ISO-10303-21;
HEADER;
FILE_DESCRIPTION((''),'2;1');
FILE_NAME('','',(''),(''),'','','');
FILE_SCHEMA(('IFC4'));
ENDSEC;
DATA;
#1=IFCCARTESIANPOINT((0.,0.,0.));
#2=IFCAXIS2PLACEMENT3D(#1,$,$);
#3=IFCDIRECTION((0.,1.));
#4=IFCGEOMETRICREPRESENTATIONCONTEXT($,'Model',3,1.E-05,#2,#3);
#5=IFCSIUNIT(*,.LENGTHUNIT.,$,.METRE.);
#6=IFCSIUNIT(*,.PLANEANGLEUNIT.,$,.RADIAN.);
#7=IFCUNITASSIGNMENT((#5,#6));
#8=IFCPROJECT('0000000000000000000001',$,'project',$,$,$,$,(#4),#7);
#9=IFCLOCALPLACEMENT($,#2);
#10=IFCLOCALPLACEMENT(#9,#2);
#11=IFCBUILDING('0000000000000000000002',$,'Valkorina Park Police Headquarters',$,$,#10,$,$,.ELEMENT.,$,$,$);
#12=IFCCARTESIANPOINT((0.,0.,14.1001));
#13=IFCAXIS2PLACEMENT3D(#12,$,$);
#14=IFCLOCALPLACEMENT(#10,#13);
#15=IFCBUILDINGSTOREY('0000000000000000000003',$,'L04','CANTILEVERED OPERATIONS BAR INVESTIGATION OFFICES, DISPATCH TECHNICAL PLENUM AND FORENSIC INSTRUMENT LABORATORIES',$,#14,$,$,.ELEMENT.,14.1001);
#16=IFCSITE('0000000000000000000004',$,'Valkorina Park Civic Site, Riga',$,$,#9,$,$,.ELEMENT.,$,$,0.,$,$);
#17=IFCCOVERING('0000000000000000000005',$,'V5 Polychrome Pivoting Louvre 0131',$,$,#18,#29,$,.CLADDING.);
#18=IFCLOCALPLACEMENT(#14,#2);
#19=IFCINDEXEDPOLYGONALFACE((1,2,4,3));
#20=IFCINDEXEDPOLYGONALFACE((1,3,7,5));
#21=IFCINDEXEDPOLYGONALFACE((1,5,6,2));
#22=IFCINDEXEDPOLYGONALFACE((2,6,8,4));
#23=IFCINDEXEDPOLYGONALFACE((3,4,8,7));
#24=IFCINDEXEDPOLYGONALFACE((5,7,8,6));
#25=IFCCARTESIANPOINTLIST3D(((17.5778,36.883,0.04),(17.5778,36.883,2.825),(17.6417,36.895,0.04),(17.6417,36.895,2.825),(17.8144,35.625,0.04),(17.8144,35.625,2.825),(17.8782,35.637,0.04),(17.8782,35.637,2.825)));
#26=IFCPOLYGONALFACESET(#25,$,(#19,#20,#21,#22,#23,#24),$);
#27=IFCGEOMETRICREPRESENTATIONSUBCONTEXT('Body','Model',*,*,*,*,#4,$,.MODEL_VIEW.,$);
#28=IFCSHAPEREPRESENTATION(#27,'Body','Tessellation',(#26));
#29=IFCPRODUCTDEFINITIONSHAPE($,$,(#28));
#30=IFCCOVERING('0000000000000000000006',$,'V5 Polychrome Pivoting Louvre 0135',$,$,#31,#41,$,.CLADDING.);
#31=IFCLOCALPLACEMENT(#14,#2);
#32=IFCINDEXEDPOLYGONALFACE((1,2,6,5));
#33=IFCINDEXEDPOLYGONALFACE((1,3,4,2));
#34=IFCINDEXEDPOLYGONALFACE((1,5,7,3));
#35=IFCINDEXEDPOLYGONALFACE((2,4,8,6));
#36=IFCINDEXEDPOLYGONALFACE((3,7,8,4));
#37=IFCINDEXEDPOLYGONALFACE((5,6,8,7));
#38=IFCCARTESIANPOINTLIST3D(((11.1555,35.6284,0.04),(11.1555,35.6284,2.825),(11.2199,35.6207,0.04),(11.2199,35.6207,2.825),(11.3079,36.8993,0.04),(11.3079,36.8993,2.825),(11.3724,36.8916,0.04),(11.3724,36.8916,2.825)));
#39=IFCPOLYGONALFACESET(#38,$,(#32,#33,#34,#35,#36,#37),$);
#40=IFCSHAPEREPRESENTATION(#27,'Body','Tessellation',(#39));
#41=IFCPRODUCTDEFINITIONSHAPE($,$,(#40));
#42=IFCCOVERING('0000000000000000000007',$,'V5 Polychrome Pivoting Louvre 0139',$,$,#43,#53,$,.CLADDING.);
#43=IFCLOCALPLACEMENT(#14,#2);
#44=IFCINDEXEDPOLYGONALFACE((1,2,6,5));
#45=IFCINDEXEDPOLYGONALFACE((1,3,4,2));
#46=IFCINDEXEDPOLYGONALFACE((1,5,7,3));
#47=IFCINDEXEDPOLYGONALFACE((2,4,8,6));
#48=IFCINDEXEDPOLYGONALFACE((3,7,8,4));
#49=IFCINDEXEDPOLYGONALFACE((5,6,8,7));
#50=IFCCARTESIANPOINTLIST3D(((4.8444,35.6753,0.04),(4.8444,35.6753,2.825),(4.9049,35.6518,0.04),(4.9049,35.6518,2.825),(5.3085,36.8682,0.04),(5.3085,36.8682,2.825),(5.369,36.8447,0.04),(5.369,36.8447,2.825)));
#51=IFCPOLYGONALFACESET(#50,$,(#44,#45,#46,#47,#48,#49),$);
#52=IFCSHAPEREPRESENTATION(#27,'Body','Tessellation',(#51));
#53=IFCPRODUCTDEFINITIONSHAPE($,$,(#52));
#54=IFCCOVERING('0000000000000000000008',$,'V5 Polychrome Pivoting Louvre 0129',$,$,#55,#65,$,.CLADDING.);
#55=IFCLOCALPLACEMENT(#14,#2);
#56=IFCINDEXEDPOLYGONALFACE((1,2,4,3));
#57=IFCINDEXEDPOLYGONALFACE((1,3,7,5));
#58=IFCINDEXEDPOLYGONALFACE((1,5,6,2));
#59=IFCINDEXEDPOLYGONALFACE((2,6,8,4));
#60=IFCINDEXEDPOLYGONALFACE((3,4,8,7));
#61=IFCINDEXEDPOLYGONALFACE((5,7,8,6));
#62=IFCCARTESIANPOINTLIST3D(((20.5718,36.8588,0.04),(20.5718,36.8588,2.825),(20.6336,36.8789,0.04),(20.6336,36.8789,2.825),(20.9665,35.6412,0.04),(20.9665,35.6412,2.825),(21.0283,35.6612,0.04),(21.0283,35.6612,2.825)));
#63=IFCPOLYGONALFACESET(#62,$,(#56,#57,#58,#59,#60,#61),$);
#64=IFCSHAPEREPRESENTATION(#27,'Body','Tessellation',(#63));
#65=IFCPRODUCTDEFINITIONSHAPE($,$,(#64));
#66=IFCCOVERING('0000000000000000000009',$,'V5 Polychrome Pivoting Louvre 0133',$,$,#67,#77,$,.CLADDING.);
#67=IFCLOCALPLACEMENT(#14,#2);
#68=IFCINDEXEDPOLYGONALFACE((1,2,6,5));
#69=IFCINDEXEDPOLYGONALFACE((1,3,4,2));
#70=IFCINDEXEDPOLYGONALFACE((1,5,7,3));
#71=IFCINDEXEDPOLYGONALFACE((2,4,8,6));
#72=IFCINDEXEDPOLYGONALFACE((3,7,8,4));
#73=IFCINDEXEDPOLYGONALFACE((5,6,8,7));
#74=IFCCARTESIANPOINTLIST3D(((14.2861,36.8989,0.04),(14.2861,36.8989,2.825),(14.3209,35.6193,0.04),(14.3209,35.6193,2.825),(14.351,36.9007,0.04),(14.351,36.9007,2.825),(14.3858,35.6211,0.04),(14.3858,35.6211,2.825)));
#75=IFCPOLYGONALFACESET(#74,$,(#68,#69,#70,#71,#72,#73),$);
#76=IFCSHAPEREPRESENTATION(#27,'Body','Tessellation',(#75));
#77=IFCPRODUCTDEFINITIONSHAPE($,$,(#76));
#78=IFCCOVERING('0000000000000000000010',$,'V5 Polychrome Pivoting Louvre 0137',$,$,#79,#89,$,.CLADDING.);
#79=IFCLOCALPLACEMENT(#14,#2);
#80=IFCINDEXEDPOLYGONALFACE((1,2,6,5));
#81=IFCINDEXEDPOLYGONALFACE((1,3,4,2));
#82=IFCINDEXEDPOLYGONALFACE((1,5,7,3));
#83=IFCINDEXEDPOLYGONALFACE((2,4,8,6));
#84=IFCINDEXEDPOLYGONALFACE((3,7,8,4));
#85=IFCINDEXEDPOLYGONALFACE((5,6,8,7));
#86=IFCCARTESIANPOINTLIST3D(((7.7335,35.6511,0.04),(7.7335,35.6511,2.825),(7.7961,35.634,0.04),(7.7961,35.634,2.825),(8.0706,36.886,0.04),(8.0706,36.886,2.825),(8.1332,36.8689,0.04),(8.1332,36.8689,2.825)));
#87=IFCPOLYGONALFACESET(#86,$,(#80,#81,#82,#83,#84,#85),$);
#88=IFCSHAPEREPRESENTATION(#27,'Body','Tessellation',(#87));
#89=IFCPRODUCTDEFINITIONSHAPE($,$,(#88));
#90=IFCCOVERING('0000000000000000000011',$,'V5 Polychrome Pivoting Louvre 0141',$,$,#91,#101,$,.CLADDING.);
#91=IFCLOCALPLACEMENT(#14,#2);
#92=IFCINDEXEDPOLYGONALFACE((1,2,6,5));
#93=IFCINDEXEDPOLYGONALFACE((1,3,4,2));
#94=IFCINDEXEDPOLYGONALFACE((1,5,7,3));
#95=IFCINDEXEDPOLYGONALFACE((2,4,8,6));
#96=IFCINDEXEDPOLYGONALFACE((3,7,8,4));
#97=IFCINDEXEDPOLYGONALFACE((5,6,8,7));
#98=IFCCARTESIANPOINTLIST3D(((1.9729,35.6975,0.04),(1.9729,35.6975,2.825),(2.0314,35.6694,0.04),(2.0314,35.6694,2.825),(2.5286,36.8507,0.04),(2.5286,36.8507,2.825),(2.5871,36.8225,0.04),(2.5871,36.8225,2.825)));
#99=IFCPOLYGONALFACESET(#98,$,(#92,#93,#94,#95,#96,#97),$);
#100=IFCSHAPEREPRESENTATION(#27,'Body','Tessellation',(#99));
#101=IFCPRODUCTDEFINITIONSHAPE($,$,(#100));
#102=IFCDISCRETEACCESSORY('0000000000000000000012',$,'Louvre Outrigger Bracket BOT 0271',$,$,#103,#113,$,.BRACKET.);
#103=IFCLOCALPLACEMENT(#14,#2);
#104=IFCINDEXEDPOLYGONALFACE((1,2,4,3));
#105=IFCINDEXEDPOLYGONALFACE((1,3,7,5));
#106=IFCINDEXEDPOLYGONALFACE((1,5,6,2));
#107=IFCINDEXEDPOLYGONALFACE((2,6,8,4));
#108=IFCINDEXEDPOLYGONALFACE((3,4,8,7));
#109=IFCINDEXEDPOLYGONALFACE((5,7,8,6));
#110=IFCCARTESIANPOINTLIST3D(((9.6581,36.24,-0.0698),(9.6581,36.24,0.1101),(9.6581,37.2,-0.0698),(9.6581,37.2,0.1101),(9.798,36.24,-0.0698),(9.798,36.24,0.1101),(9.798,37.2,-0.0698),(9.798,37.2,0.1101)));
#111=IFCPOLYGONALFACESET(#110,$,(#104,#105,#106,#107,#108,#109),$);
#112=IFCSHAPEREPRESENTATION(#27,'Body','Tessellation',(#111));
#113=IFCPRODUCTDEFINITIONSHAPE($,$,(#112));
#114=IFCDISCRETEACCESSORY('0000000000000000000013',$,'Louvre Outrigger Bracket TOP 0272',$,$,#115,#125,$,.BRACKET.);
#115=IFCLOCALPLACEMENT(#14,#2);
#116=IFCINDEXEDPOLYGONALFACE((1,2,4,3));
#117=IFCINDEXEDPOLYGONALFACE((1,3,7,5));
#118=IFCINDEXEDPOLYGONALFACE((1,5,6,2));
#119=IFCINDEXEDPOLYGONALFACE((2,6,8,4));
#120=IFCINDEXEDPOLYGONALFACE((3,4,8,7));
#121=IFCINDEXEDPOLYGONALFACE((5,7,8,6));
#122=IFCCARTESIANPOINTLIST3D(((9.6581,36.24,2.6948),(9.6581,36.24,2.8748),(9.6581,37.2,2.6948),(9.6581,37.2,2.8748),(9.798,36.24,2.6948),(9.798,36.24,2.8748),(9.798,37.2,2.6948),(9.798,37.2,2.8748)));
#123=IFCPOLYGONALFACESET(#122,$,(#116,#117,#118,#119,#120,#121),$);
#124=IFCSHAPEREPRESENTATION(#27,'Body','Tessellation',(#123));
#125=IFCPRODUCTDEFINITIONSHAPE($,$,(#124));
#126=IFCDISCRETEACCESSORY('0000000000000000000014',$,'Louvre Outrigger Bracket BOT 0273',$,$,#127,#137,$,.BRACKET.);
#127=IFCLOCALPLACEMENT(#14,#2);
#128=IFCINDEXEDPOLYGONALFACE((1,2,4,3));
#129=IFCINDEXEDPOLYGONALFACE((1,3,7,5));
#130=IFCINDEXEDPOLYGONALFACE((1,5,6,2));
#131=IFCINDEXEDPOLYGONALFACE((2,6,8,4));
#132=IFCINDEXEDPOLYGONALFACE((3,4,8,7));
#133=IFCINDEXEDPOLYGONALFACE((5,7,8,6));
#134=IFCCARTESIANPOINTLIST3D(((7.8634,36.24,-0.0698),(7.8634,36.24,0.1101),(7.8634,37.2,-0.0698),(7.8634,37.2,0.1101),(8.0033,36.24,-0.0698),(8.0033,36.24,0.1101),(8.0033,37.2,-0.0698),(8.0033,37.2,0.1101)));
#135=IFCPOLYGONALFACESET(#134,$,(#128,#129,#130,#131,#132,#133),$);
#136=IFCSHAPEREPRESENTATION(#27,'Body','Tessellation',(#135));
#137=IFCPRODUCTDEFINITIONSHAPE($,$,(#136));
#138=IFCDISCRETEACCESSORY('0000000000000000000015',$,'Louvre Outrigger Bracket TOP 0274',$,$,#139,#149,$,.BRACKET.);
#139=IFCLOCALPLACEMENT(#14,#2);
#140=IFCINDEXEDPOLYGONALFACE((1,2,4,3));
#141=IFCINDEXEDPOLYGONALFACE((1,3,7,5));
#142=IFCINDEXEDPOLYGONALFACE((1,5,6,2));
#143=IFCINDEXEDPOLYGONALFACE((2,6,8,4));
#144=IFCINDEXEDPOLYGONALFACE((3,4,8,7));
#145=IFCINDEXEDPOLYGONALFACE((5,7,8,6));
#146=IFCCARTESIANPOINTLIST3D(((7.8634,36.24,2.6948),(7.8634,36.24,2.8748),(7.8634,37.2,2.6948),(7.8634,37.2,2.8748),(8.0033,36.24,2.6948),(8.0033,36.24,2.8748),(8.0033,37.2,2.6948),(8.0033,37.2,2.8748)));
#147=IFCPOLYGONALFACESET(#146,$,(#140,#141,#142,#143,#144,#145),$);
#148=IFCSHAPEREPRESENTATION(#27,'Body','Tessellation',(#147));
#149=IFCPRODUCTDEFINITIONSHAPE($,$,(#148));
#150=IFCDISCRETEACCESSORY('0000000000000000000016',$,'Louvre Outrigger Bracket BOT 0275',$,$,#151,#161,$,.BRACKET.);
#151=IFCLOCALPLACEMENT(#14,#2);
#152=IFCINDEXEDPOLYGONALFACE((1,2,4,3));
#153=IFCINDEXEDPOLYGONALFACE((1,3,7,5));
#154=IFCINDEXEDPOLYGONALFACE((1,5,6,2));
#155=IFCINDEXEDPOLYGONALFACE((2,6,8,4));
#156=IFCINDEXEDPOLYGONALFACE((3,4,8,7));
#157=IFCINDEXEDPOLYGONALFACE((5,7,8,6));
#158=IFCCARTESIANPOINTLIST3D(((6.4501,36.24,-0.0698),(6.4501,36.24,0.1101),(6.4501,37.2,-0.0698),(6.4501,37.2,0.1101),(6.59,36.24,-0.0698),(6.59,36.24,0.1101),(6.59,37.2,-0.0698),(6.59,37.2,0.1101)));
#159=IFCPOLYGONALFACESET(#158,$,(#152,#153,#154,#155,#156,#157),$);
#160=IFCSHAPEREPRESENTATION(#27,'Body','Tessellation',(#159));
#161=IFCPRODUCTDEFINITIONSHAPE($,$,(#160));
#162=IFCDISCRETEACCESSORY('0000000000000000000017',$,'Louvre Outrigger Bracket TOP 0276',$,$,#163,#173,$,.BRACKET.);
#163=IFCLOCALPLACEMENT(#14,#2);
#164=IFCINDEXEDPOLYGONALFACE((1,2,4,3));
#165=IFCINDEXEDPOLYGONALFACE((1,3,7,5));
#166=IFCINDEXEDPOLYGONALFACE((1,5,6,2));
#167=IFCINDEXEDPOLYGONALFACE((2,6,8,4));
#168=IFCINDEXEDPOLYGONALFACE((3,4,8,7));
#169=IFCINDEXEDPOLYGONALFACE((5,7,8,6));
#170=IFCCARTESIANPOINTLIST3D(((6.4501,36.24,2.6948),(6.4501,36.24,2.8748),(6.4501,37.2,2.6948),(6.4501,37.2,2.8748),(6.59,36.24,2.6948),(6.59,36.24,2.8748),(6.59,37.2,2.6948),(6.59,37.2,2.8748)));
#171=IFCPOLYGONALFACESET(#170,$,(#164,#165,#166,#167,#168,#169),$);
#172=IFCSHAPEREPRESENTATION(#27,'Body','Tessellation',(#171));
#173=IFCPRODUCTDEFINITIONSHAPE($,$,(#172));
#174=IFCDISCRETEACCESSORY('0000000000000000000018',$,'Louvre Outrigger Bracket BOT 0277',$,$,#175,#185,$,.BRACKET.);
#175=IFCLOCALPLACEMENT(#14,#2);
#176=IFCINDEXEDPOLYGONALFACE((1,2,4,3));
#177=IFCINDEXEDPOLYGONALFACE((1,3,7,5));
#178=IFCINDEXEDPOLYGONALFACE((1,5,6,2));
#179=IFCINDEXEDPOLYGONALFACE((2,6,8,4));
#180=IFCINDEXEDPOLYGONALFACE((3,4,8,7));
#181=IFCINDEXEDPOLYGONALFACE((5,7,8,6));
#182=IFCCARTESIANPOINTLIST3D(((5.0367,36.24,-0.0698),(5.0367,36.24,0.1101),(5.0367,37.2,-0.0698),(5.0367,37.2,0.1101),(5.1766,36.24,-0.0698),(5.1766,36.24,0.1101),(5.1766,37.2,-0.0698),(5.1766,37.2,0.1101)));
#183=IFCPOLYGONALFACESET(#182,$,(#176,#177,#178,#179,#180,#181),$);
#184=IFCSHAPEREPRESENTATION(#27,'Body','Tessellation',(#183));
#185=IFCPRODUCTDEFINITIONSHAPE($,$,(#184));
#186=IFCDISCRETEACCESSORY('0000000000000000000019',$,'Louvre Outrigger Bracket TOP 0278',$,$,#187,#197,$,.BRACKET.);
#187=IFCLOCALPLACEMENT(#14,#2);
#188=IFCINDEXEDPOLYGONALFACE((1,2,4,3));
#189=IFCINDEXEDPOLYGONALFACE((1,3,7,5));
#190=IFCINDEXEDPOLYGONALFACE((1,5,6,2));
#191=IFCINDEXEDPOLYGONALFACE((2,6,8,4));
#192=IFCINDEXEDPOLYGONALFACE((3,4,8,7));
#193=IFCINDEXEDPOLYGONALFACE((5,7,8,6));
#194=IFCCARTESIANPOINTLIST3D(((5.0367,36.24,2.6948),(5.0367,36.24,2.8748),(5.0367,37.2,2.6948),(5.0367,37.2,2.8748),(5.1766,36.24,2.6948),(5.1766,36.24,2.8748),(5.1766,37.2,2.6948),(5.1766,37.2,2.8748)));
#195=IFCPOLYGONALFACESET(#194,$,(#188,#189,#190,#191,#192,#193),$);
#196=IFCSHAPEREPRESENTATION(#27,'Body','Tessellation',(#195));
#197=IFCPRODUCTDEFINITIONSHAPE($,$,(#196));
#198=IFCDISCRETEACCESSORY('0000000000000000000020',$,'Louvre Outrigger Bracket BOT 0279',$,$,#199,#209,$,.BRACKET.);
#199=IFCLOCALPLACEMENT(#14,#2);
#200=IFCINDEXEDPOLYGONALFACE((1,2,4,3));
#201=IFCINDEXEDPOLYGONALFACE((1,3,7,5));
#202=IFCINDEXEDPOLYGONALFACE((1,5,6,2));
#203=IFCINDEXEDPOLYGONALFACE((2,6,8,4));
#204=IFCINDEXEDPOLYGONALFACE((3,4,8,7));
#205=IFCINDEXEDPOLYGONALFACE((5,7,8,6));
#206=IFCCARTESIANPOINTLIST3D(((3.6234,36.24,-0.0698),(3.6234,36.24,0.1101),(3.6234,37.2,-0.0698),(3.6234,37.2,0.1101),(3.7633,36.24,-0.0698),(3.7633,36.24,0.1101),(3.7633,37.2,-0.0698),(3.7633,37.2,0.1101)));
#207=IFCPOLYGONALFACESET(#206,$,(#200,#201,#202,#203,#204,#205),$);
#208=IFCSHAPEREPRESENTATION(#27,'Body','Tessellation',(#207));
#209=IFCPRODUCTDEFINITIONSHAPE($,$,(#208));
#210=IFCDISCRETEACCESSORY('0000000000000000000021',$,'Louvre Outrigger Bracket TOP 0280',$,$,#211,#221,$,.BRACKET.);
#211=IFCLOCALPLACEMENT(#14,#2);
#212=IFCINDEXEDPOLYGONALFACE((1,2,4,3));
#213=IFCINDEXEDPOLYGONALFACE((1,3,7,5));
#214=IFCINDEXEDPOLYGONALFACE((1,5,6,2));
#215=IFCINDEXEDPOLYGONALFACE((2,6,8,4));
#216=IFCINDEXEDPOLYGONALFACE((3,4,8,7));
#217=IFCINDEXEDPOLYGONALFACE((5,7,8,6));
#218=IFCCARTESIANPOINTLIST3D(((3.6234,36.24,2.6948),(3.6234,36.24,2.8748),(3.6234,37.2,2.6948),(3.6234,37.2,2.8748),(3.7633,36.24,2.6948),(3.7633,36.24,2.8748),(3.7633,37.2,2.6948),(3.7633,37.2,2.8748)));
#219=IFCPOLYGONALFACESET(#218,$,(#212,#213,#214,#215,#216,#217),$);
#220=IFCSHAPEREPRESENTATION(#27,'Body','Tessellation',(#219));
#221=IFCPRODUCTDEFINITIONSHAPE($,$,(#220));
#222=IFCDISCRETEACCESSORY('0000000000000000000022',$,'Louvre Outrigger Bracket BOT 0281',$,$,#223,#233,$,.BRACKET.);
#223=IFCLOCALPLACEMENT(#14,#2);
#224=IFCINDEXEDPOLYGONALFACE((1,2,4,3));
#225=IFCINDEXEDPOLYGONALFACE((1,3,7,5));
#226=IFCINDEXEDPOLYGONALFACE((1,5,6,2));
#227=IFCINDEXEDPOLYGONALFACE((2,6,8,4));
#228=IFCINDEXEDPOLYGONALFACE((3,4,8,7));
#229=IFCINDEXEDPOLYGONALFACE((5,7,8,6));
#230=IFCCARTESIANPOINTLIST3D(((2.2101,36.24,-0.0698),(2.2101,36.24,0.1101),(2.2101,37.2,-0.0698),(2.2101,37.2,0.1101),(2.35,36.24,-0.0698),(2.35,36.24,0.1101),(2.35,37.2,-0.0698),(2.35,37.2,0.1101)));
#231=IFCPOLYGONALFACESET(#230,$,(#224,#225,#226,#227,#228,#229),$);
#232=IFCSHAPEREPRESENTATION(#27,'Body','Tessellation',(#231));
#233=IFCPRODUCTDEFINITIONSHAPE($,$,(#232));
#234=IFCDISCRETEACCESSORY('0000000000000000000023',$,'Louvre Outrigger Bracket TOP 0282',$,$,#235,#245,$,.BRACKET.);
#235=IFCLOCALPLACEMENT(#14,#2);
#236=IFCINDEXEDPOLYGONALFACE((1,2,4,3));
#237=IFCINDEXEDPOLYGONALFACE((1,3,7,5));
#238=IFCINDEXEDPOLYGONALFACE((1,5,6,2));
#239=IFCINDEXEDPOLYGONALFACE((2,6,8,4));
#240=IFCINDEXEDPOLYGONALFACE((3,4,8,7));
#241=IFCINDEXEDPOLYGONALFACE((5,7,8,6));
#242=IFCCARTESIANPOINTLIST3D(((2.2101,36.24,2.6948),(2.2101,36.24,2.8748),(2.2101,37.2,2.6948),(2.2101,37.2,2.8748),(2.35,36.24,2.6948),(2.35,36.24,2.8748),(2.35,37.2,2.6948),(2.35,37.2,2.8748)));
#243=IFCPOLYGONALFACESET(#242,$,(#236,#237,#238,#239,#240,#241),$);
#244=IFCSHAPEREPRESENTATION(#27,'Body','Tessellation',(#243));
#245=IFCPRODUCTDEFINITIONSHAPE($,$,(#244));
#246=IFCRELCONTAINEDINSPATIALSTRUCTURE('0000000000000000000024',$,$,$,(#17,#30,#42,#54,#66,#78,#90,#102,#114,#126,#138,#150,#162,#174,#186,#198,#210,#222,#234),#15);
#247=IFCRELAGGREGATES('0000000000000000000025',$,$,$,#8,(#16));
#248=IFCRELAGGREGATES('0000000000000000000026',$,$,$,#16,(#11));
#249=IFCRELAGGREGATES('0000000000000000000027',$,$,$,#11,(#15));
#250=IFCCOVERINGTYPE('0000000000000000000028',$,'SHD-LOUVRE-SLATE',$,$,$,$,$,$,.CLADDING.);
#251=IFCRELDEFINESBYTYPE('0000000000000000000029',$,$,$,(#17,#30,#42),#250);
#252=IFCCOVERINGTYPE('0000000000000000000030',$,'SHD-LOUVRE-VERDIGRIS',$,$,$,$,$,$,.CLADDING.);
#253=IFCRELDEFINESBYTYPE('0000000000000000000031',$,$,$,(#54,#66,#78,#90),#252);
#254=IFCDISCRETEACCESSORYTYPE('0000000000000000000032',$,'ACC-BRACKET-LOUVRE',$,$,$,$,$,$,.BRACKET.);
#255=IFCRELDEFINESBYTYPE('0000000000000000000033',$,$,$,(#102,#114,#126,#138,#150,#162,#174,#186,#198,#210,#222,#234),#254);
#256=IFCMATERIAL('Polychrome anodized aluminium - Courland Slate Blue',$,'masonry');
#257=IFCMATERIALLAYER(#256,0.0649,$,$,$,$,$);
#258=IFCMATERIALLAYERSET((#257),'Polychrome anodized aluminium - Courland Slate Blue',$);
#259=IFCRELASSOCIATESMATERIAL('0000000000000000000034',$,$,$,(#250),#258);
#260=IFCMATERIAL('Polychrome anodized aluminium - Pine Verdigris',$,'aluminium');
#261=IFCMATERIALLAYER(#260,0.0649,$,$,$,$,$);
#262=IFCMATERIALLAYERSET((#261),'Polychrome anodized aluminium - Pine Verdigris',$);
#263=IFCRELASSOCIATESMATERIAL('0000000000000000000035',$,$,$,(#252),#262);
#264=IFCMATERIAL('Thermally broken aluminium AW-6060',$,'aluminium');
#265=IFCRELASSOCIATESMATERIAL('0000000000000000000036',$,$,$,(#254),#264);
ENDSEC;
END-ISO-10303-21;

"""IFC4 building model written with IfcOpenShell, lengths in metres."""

from ifc_helpers import new_model, si_unit, direction, frame, origin, origin_2d, place, context, subcontext, project, spatial, rectangle, extrude, material, layer, layer_set, type_object, element, save


model = new_model("IFC4")

# Units and contexts
model_context = context("Model", 3, precision=1e-05, world=origin(), true_north=direction((0.0, 1.0)))
body_context = subcontext(model_context, "Body", "Model", "MODEL_VIEW")
ifc_project = project(units=[si_unit("LENGTHUNIT", "METRE"), si_unit("PLANEANGLEUNIT", "RADIAN")], contexts=[model_context])

# Site, building, storey
site_placement = place(None, origin())
site = spatial("IfcSite", under=ifc_project, at=site_placement, Name="Valkorina Park Civic Site, Riga", CompositionType="ELEMENT", RefElevation=0.0)
building_placement = place(site_placement, origin())
building = spatial("IfcBuilding", under=site, at=building_placement, Name="Valkorina Park Police Headquarters", CompositionType="ELEMENT")
storey_placement = place(building_placement, frame((0.0, 0.0, 14.1001)))
storey = spatial("IfcBuildingStorey", under=building, at=storey_placement, Name="L04", Description="CANTILEVERED OPERATIONS BAR INVESTIGATION OFFICES, DISPATCH TECHNICAL PLENUM AND FORENSIC INSTRUMENT LABORATORIES", CompositionType="ELEMENT", Elevation=14.1001)

# Coverings
ifc_material_1 = material(Name="Polychrome anodized aluminium - Courland Slate Blue", Category="masonry")
ifc_layer_1 = layer(ifc_material_1, 0.0649)
ifc_layer_set_1 = layer_set([ifc_layer_1], Name="Polychrome anodized aluminium - Courland Slate Blue")
covering_type_1 = type_object("IfcCoveringType", Name="SHD-LOUVRE-SLATE", PredefinedType="CLADDING", material=ifc_layer_set_1)
for number, where, z_axis, x_axis, name in (
    (1, (17.728, 36.26, 0.04), (0.0, 0.0, 1.0), (0.184809, -0.982774, 0.0), "V5 Polychrome Pivoting Louvre 0131"),
    (2, (11.2639, 36.26, 0.04), (0.0, 0.0, 1.0), (-0.119097, -0.992883, 0.0), "V5 Polychrome Pivoting Louvre 0135"),
    (3, (5.1067, 36.26, 0.04), (0.0, 0.0, 1.0), (-0.362601, -0.931945, 0.0), "V5 Polychrome Pivoting Louvre 0139"),
):
    element("IfcCovering", number, at=place(storey_placement, frame(where, z_axis=z_axis, x_axis=x_axis)), inside=storey, type_object=covering_type_1, Name=name, PredefinedType="CLADDING", context=body_context, shape_type="SweptSolid", body=[
        extrude(rectangle(XDim=1.28, YDim=0.0649, at=origin_2d()), origin(), (0.0, 0.0, 1.0), 2.7849),
    ])
ifc_material_2 = material(Name="Polychrome anodized aluminium - Pine Verdigris", Category="aluminium")
ifc_layer_2 = layer(ifc_material_2, 0.0649)
ifc_layer_set_2 = layer_set([ifc_layer_2], Name="Polychrome anodized aluminium - Pine Verdigris")
covering_type_2 = type_object("IfcCoveringType", Name="SHD-LOUVRE-VERDIGRIS", PredefinedType="CLADDING", material=ifc_layer_set_2)
for number, where, z_axis, x_axis, name in (
    (4, (20.8, 36.26, 0.04), (0.0, 0.0, 1.0), (0.308353, -0.951272, 0.0), "V5 Polychrome Pivoting Louvre 0129"),
    (5, (14.3359, 36.26, 0.04), (0.0, 0.0, 1.0), (0.027224, -0.999629, 0.0), "V5 Polychrome Pivoting Louvre 0133"),
    (6, (7.9333, 36.26, 0.04), (0.0, 0.0, 1.0), (-0.263368, -0.964695, 0.0), "V5 Polychrome Pivoting Louvre 0137"),
    (7, (2.28, 36.26, 0.04), (0.0, 0.0, 1.0), (-0.434131, -0.90085, 0.0), "V5 Polychrome Pivoting Louvre 0141"),
):
    element("IfcCovering", number, at=place(storey_placement, frame(where, z_axis=z_axis, x_axis=x_axis)), inside=storey, type_object=covering_type_2, Name=name, PredefinedType="CLADDING", context=body_context, shape_type="SweptSolid", body=[
        extrude(rectangle(XDim=1.28, YDim=0.0649, at=origin_2d()), origin(), (0.0, 0.0, 1.0), 2.7849),
    ])

# Discrete accessories
ifc_material_3 = material(Name="Thermally broken aluminium AW-6060", Category="aluminium")
discrete_accessory_type = type_object("IfcDiscreteAccessoryType", Name="ACC-BRACKET-LOUVRE", PredefinedType="BRACKET", material=ifc_material_3)
for number, where, z_axis, x_axis, name in (
    (8, (9.728, 36.72, -0.0698), (0.0, 0.0, 1.0), (0.0, -1.0, 0.0), "Louvre Outrigger Bracket BOT 0271"),
    (9, (9.728, 36.72, 2.6948), (0.0, 0.0, 1.0), (0.0, -1.0, 0.0), "Louvre Outrigger Bracket TOP 0272"),
    (10, (7.9333, 36.72, -0.0698), (0.0, 0.0, 1.0), (0.0, -1.0, 0.0), "Louvre Outrigger Bracket BOT 0273"),
    (11, (7.9333, 36.72, 2.6948), (0.0, 0.0, 1.0), (0.0, -1.0, 0.0), "Louvre Outrigger Bracket TOP 0274"),
    (12, (6.52, 36.72, -0.0698), (0.0, 0.0, 1.0), (0.0, -1.0, 0.0), "Louvre Outrigger Bracket BOT 0275"),
    (13, (6.52, 36.72, 2.6948), (0.0, 0.0, 1.0), (0.0, -1.0, 0.0), "Louvre Outrigger Bracket TOP 0276"),
    (14, (5.1067, 36.72, -0.0698), (0.0, 0.0, 1.0), (0.0, -1.0, 0.0), "Louvre Outrigger Bracket BOT 0277"),
    (15, (5.1067, 36.72, 2.6948), (0.0, 0.0, 1.0), (0.0, -1.0, 0.0), "Louvre Outrigger Bracket TOP 0278"),
    (16, (3.6934, 36.72, -0.0698), (0.0, 0.0, 1.0), (0.0, -1.0, 0.0), "Louvre Outrigger Bracket BOT 0279"),
    (17, (3.6934, 36.72, 2.6948), (0.0, 0.0, 1.0), (0.0, -1.0, 0.0), "Louvre Outrigger Bracket TOP 0280"),
    (18, (2.28, 36.72, -0.0698), (0.0, 0.0, 1.0), (0.0, -1.0, 0.0), "Louvre Outrigger Bracket BOT 0281"),
    (19, (2.28, 36.72, 2.6948), (0.0, 0.0, 1.0), (0.0, -1.0, 0.0), "Louvre Outrigger Bracket TOP 0282"),
):
    element("IfcDiscreteAccessory", number, at=place(storey_placement, frame(where, z_axis=z_axis, x_axis=x_axis)), inside=storey, type_object=discrete_accessory_type, Name=name, PredefinedType="BRACKET", context=body_context, shape_type="SweptSolid", body=[
        extrude(rectangle(XDim=0.96, YDim=0.1399, at=origin_2d()), origin(), (0.0, 0.0, 1.0), 0.1799),
    ])

save(model, "model.ifc")
